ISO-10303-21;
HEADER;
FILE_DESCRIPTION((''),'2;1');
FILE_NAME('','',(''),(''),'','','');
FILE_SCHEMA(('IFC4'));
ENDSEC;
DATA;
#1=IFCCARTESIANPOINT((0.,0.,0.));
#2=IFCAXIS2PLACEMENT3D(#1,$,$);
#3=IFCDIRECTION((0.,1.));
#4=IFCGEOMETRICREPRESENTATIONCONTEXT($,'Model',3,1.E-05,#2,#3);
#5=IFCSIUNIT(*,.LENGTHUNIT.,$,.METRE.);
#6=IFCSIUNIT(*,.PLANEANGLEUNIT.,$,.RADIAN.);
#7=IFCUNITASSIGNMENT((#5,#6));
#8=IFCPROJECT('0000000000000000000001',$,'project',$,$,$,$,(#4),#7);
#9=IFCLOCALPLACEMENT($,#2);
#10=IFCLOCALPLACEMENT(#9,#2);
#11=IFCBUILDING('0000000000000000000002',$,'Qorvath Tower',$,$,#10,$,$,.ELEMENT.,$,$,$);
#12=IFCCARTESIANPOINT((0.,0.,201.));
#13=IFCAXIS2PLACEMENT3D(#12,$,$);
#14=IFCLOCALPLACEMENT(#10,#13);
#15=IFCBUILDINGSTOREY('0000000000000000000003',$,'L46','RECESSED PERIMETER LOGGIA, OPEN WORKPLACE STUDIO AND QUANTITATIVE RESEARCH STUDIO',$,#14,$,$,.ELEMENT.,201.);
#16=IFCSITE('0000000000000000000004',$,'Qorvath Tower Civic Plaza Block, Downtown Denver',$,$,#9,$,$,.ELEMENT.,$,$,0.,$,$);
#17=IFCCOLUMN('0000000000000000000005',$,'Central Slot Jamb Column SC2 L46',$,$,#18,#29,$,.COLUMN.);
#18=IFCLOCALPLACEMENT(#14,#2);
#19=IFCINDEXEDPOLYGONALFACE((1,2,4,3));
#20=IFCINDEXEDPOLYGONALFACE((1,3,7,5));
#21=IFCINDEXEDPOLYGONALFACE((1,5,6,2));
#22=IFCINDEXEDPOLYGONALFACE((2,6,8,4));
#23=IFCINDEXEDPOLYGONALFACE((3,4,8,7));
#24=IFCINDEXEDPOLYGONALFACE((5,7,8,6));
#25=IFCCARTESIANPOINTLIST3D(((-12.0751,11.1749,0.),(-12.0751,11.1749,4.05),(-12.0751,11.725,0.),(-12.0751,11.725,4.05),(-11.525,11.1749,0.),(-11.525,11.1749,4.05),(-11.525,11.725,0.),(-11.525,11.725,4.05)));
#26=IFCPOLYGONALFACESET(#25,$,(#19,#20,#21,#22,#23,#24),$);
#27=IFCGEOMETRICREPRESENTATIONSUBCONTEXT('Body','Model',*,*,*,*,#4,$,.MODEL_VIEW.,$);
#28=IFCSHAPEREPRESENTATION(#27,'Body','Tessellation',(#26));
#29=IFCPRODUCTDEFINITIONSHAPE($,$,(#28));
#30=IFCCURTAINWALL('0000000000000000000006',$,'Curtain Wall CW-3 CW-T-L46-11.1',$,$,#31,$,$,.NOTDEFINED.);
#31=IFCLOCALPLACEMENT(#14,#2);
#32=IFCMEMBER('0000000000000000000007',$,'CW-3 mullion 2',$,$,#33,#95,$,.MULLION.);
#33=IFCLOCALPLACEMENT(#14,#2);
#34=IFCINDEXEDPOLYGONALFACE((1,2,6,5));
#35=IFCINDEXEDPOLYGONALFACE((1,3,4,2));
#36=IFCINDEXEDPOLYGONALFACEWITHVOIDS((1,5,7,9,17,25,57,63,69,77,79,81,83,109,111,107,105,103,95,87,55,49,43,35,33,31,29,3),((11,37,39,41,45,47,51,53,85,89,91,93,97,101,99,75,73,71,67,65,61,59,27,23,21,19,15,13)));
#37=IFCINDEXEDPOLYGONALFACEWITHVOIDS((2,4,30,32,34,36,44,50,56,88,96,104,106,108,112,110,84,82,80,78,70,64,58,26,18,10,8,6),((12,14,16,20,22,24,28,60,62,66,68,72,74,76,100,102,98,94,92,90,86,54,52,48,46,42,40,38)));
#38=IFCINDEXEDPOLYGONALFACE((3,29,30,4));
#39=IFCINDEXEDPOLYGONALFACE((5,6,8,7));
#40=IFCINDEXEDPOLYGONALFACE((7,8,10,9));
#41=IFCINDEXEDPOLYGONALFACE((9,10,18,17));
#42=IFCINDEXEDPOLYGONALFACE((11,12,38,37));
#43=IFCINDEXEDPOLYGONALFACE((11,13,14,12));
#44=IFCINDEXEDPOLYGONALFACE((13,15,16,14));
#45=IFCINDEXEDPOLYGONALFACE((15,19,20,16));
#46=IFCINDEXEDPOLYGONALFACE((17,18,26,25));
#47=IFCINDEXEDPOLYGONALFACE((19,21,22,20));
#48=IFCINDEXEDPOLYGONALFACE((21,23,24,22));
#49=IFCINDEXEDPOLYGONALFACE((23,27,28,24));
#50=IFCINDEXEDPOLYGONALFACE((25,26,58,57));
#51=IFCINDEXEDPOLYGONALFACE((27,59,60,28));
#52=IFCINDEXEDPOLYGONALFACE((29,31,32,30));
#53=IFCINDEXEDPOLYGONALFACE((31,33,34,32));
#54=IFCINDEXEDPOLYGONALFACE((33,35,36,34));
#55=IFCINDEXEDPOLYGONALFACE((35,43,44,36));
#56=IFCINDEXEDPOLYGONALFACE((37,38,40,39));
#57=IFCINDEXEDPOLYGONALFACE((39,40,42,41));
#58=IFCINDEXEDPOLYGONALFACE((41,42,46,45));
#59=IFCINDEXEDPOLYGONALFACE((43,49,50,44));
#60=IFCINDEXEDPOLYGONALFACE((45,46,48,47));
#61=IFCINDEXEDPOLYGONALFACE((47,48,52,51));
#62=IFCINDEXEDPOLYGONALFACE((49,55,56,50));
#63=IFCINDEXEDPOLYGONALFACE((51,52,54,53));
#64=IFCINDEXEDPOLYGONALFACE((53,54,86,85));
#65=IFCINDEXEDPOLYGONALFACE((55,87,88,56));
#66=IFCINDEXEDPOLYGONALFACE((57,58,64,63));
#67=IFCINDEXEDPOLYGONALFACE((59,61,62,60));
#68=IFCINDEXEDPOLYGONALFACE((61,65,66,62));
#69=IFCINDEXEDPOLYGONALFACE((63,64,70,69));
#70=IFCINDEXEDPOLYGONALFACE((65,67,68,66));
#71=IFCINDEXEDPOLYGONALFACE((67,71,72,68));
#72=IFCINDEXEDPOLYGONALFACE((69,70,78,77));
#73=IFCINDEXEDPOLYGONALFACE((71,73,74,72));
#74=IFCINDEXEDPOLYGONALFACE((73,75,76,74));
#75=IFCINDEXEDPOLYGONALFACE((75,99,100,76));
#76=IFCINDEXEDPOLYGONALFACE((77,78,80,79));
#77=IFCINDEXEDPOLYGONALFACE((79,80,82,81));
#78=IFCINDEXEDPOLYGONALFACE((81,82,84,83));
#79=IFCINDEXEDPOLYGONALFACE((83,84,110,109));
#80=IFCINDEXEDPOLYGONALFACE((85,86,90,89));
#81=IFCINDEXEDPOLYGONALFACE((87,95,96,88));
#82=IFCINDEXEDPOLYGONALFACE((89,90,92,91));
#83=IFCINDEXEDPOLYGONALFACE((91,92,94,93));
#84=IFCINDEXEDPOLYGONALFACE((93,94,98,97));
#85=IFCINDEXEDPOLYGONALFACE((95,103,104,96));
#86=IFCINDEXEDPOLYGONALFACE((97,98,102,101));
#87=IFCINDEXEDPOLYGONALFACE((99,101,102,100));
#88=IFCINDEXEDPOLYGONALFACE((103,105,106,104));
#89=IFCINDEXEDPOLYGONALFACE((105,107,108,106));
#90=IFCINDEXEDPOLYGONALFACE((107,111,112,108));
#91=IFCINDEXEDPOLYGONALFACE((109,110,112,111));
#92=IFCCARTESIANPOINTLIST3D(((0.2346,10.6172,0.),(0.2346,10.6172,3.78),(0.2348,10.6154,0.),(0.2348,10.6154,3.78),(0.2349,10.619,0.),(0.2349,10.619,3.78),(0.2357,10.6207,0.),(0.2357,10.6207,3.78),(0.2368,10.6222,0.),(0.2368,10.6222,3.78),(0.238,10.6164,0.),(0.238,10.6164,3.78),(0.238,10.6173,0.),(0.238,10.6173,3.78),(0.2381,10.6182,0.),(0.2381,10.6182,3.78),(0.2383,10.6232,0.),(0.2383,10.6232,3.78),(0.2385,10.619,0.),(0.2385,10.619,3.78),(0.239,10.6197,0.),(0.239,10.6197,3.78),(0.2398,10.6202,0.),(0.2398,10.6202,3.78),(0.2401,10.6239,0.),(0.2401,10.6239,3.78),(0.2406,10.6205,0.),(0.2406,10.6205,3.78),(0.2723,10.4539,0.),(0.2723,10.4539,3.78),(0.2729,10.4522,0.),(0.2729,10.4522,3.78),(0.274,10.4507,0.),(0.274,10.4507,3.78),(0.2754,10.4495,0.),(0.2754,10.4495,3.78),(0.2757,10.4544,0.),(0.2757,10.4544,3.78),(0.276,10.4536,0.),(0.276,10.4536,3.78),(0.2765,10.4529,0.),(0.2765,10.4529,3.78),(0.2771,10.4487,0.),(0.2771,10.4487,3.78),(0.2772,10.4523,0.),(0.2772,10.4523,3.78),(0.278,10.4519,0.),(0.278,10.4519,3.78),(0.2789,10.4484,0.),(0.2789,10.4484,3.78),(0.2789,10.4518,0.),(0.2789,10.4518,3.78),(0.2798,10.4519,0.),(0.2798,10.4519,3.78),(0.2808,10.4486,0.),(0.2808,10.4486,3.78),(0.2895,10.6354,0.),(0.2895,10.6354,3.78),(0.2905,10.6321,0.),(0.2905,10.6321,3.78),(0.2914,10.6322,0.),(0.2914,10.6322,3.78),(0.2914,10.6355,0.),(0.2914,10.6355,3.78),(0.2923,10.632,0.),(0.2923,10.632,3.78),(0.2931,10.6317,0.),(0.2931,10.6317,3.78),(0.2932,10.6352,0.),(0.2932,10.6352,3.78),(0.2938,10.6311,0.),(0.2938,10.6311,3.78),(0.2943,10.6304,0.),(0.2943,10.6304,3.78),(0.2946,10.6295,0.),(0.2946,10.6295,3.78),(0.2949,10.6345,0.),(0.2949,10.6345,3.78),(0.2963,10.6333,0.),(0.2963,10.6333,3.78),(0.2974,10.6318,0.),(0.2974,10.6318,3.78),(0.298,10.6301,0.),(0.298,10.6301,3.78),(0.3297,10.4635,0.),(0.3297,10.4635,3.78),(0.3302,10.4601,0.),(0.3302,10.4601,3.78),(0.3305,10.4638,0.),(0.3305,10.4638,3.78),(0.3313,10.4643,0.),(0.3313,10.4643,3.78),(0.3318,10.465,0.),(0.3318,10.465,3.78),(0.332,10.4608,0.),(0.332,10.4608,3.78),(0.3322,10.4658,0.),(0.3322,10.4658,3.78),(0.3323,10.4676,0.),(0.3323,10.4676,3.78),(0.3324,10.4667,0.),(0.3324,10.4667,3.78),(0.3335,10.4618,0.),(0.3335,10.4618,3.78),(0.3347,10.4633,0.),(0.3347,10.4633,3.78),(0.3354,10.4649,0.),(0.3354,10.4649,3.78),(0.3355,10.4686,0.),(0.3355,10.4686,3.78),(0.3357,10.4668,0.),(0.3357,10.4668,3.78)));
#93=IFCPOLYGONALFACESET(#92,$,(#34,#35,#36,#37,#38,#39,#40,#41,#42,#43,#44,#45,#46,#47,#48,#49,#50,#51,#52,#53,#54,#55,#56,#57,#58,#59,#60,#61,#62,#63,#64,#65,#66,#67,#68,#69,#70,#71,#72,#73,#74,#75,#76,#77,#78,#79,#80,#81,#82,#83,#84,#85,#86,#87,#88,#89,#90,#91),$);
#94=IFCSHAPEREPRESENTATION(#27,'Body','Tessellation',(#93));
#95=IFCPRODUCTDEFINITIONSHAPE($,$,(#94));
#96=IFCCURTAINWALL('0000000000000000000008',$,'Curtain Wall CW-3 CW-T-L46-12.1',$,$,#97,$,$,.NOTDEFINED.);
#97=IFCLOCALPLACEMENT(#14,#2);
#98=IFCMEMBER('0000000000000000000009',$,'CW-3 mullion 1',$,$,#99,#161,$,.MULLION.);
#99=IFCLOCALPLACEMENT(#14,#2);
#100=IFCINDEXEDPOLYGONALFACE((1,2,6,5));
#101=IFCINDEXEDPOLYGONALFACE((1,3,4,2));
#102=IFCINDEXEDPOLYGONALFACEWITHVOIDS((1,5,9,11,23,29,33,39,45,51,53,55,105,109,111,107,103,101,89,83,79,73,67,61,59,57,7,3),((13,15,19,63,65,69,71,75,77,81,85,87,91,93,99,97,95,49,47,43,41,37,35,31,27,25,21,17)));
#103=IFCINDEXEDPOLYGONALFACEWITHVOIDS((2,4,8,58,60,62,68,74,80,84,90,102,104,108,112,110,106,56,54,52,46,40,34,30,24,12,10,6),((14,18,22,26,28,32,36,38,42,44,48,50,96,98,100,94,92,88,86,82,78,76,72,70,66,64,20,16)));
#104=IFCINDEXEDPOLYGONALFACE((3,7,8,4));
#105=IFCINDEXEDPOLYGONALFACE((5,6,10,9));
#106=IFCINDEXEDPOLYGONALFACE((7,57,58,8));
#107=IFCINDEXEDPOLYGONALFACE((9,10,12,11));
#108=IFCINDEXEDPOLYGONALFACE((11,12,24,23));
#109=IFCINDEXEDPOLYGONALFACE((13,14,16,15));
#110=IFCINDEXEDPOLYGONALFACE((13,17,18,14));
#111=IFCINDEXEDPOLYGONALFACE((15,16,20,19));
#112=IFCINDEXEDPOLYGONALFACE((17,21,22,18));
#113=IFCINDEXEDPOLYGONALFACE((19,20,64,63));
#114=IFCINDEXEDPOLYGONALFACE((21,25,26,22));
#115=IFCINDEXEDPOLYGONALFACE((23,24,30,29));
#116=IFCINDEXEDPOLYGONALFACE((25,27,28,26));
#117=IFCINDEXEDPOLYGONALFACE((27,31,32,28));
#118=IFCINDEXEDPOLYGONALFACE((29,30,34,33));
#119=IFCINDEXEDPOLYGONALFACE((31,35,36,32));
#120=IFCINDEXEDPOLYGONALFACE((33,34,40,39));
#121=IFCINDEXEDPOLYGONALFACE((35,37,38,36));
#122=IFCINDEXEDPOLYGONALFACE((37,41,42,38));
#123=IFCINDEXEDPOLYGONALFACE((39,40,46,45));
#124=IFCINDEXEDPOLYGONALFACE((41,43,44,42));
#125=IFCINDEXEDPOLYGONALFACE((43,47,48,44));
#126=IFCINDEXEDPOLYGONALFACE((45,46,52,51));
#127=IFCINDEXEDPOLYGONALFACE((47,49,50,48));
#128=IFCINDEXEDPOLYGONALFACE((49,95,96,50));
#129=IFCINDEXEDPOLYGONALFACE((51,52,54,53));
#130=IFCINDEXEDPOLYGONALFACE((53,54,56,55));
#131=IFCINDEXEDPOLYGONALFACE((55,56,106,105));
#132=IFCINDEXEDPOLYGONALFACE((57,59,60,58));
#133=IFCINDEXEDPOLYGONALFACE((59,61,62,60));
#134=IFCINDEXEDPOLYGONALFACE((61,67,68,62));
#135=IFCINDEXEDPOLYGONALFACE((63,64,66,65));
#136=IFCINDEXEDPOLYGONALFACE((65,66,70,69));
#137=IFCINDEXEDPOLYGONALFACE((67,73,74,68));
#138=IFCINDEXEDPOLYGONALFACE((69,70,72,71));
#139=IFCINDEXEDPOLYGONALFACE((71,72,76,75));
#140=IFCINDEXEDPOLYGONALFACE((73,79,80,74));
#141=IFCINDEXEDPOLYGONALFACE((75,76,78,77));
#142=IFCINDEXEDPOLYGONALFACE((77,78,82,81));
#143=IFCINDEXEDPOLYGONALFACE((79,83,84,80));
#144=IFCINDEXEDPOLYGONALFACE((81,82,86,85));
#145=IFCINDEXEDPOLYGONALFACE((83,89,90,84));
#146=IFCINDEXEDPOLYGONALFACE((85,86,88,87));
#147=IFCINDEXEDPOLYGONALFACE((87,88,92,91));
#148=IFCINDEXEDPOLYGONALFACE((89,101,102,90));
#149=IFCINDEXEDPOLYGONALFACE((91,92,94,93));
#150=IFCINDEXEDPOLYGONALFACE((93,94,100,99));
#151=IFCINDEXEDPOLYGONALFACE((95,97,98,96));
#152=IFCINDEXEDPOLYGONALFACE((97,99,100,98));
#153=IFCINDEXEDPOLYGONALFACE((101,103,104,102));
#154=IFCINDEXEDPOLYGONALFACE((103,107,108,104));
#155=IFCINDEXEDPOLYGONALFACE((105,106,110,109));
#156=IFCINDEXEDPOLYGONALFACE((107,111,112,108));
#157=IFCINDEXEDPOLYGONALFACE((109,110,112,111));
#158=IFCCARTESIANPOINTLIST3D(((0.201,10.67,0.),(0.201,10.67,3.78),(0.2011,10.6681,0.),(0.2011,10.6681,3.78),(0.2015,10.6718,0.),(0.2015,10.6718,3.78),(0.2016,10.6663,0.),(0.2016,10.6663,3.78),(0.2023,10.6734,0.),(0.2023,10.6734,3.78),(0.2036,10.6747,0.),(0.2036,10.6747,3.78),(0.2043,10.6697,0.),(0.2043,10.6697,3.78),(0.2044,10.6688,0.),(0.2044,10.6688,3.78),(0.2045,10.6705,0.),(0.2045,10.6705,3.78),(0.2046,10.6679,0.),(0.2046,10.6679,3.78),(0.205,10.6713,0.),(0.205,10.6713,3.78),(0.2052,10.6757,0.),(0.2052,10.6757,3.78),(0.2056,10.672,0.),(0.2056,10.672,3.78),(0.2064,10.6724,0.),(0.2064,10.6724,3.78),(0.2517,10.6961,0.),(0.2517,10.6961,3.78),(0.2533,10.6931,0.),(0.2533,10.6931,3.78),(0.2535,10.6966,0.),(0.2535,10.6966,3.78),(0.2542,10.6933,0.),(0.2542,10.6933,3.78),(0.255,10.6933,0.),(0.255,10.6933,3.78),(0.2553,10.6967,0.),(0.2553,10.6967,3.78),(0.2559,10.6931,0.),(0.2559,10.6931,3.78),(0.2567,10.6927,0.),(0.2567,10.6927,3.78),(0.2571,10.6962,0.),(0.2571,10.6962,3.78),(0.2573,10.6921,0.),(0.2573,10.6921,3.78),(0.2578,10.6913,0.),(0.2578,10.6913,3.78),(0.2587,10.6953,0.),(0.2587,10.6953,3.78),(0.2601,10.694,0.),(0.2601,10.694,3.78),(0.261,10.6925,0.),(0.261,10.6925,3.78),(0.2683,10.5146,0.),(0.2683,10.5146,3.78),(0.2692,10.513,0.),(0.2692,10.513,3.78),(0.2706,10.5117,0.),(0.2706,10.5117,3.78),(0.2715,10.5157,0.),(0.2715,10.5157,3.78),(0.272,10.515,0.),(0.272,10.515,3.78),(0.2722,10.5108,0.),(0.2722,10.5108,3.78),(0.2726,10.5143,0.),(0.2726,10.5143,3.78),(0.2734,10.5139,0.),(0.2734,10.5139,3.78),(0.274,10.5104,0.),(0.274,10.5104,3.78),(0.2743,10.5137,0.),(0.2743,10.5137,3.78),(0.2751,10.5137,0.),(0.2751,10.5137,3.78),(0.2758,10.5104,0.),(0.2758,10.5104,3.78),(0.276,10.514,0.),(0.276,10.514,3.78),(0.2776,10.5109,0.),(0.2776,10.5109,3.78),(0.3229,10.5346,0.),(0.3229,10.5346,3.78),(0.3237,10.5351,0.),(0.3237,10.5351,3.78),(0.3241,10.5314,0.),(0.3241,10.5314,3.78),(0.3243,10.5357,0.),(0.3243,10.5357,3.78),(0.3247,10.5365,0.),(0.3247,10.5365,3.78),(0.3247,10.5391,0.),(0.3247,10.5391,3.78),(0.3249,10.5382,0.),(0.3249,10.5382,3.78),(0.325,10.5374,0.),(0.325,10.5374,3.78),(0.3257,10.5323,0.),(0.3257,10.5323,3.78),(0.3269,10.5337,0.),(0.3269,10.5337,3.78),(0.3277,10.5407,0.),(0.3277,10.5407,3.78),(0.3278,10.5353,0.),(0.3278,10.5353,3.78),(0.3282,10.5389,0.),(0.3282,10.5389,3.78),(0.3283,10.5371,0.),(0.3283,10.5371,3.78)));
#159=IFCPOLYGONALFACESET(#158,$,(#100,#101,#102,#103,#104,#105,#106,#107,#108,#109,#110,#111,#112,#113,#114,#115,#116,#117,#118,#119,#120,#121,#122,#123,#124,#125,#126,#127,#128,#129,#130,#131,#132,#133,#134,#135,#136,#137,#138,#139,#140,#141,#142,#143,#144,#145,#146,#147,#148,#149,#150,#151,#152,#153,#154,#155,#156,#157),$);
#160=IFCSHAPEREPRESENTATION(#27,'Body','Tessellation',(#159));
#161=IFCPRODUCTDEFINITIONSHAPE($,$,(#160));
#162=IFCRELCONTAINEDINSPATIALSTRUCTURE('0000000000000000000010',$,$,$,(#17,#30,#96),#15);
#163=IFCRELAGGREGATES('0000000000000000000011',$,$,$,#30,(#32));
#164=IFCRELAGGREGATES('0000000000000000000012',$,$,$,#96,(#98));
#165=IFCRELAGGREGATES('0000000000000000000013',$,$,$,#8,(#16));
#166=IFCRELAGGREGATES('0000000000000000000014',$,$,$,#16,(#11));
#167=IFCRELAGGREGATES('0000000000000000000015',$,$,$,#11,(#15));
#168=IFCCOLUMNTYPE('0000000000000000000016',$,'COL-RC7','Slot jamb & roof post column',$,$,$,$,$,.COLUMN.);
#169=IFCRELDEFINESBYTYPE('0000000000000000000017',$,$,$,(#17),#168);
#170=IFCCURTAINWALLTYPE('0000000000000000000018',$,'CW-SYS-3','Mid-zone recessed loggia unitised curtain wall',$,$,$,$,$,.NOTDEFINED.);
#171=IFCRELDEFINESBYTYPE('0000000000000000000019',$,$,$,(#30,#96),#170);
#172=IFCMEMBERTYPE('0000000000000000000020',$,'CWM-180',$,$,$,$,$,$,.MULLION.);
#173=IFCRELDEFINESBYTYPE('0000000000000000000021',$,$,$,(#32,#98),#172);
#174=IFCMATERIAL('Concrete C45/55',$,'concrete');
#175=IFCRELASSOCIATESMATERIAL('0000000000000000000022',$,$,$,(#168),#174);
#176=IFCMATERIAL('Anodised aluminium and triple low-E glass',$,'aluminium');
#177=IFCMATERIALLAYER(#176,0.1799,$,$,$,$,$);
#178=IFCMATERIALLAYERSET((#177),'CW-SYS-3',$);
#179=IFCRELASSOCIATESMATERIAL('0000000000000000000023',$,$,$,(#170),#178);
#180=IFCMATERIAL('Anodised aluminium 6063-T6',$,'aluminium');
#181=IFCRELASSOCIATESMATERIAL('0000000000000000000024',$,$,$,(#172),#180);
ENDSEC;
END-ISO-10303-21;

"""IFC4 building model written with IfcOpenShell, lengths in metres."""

from ifc_helpers import new_model, si_unit, direction, frame, origin, origin_2d, place, context, subcontext, project, spatial, rectangle, hollow_rectangle, extrude, material, layer, layer_set, material_profile, profile_set, type_object, element, aggregate, save


model = new_model("IFC4")

# Units and contexts
model_context = context("Model", 3, precision=1e-05, world=origin(), true_north=direction((0.0, 1.0)))
body_context = subcontext(model_context, "Body", "Model", "MODEL_VIEW")
ifc_project = project(units=[si_unit("LENGTHUNIT", "METRE"), si_unit("PLANEANGLEUNIT", "RADIAN")], contexts=[model_context])

# Site, building, storey
site_placement = place(None, origin())
site = spatial("IfcSite", under=ifc_project, at=site_placement, Name="Qorvath Tower Civic Plaza Block, Downtown Denver", CompositionType="ELEMENT", RefElevation=0.0)
building_placement = place(site_placement, origin())
building = spatial("IfcBuilding", under=site, at=building_placement, Name="Qorvath Tower", CompositionType="ELEMENT")
storey_placement = place(building_placement, frame((0.0, 0.0, 201.0)))
storey = spatial("IfcBuildingStorey", under=building, at=storey_placement, Name="L46", Description="RECESSED PERIMETER LOGGIA, OPEN WORKPLACE STUDIO AND QUANTITATIVE RESEARCH STUDIO", CompositionType="ELEMENT", Elevation=201.0)

# Column
ifc_material_1 = material(Name="Concrete C45/55", Category="concrete")
ifc_material_profile_1 = material_profile(ifc_material_1, rectangle(XDim=0.55, YDim=0.55, at=origin_2d()), Name="RC 550x550")
ifc_profile_set_1 = profile_set([ifc_material_profile_1], Name="Concrete C45/55")
column_type = type_object("IfcColumnType", Name="COL-RC7", Description="Slot jamb & roof post column", PredefinedType="COLUMN", material=ifc_profile_set_1)
column_placement = place(storey_placement, frame((-11.8, 11.45, 0.0), z_axis=(0.0, 0.0, 1.0), x_axis=(1.0, 0.0, 0.0)))
element("IfcColumn", 1, at=column_placement, inside=storey, type_object=column_type, Name="Central Slot Jamb Column SC2 L46", PredefinedType="COLUMN", context=body_context, shape_type="SweptSolid", body=[
    extrude(rectangle(XDim=0.55, YDim=0.55, at=origin_2d()), origin(), (0.0, 0.0, 1.0), 4.05),
])

# Curtain wall, member
ifc_material_2 = material(Name="Anodised aluminium and triple low-E glass", Category="aluminium")
ifc_layer_1 = layer(ifc_material_2, 0.1799)
ifc_layer_set_1 = layer_set([ifc_layer_1], Name="CW-SYS-3")
curtain_wall_type = type_object("IfcCurtainWallType", Name="CW-SYS-3", Description="Mid-zone recessed loggia unitised curtain wall", PredefinedType="NOTDEFINED", material=ifc_layer_set_1)
curtain_wall_1_placement = place(storey_placement, origin())
curtain_wall_1 = element("IfcCurtainWall", 2, at=curtain_wall_1_placement, inside=storey, type_object=curtain_wall_type, Name="Curtain Wall CW-3 CW-T-L46-11.1", PredefinedType="NOTDEFINED")
ifc_material_3 = material(Name="Anodised aluminium 6063-T6", Category="aluminium")
ifc_material_profile_2 = material_profile(ifc_material_3, hollow_rectangle(XDim=0.0649, YDim=0.1799, WallThickness=0.0034, InnerFilletRadius=0.0034, OuterFilletRadius=0.0071, at=origin_2d()), Name="CWM 180x65")
ifc_profile_set_2 = profile_set([ifc_material_profile_2], Name="Anodised aluminium 6063-T6")
member_type_1 = type_object("IfcMemberType", Name="CWM-180", PredefinedType="MULLION", material=ifc_profile_set_2)
member_1_placement = place(storey_placement, frame((0.2852, 10.542, 0.0), z_axis=(0.0, 0.0, 1.0), x_axis=(-0.974064, -0.226272, 0.0)))
member_1 = element("IfcMember", 3, at=member_1_placement, type_object=member_type_1, Name="CW-3 mullion 2", PredefinedType="MULLION", context=body_context, shape_type="SweptSolid", body=[
    extrude(hollow_rectangle(XDim=0.0649, YDim=0.1799, WallThickness=0.0034, InnerFilletRadius=0.0034, OuterFilletRadius=0.0071, at=origin_2d()), origin(), (0.0, 0.0, 1.0), 3.78),
])
aggregate(curtain_wall_1, [member_1])

# Curtain wall, member
curtain_wall_2_placement = place(storey_placement, origin())
curtain_wall_2 = element("IfcCurtainWall", 4, at=curtain_wall_2_placement, inside=storey, type_object=curtain_wall_type, Name="Curtain Wall CW-3 CW-T-L46-12.1", PredefinedType="NOTDEFINED")
member_2_placement = place(storey_placement, frame((0.2646, 10.6035, 0.0), z_axis=(0.0, 0.0, 1.0), x_axis=(-0.915499, -0.402321, 0.0)))
member_2 = element("IfcMember", 5, at=member_2_placement, type_object=member_type_1, Name="CW-3 mullion 1", PredefinedType="MULLION", context=body_context, shape_type="SweptSolid", body=[
    extrude(hollow_rectangle(XDim=0.0649, YDim=0.1799, WallThickness=0.0034, InnerFilletRadius=0.0034, OuterFilletRadius=0.0071, at=origin_2d()), origin(), (0.0, 0.0, 1.0), 3.78),
])

aggregate(curtain_wall_2, [member_2])

save(model, "model.ifc")
